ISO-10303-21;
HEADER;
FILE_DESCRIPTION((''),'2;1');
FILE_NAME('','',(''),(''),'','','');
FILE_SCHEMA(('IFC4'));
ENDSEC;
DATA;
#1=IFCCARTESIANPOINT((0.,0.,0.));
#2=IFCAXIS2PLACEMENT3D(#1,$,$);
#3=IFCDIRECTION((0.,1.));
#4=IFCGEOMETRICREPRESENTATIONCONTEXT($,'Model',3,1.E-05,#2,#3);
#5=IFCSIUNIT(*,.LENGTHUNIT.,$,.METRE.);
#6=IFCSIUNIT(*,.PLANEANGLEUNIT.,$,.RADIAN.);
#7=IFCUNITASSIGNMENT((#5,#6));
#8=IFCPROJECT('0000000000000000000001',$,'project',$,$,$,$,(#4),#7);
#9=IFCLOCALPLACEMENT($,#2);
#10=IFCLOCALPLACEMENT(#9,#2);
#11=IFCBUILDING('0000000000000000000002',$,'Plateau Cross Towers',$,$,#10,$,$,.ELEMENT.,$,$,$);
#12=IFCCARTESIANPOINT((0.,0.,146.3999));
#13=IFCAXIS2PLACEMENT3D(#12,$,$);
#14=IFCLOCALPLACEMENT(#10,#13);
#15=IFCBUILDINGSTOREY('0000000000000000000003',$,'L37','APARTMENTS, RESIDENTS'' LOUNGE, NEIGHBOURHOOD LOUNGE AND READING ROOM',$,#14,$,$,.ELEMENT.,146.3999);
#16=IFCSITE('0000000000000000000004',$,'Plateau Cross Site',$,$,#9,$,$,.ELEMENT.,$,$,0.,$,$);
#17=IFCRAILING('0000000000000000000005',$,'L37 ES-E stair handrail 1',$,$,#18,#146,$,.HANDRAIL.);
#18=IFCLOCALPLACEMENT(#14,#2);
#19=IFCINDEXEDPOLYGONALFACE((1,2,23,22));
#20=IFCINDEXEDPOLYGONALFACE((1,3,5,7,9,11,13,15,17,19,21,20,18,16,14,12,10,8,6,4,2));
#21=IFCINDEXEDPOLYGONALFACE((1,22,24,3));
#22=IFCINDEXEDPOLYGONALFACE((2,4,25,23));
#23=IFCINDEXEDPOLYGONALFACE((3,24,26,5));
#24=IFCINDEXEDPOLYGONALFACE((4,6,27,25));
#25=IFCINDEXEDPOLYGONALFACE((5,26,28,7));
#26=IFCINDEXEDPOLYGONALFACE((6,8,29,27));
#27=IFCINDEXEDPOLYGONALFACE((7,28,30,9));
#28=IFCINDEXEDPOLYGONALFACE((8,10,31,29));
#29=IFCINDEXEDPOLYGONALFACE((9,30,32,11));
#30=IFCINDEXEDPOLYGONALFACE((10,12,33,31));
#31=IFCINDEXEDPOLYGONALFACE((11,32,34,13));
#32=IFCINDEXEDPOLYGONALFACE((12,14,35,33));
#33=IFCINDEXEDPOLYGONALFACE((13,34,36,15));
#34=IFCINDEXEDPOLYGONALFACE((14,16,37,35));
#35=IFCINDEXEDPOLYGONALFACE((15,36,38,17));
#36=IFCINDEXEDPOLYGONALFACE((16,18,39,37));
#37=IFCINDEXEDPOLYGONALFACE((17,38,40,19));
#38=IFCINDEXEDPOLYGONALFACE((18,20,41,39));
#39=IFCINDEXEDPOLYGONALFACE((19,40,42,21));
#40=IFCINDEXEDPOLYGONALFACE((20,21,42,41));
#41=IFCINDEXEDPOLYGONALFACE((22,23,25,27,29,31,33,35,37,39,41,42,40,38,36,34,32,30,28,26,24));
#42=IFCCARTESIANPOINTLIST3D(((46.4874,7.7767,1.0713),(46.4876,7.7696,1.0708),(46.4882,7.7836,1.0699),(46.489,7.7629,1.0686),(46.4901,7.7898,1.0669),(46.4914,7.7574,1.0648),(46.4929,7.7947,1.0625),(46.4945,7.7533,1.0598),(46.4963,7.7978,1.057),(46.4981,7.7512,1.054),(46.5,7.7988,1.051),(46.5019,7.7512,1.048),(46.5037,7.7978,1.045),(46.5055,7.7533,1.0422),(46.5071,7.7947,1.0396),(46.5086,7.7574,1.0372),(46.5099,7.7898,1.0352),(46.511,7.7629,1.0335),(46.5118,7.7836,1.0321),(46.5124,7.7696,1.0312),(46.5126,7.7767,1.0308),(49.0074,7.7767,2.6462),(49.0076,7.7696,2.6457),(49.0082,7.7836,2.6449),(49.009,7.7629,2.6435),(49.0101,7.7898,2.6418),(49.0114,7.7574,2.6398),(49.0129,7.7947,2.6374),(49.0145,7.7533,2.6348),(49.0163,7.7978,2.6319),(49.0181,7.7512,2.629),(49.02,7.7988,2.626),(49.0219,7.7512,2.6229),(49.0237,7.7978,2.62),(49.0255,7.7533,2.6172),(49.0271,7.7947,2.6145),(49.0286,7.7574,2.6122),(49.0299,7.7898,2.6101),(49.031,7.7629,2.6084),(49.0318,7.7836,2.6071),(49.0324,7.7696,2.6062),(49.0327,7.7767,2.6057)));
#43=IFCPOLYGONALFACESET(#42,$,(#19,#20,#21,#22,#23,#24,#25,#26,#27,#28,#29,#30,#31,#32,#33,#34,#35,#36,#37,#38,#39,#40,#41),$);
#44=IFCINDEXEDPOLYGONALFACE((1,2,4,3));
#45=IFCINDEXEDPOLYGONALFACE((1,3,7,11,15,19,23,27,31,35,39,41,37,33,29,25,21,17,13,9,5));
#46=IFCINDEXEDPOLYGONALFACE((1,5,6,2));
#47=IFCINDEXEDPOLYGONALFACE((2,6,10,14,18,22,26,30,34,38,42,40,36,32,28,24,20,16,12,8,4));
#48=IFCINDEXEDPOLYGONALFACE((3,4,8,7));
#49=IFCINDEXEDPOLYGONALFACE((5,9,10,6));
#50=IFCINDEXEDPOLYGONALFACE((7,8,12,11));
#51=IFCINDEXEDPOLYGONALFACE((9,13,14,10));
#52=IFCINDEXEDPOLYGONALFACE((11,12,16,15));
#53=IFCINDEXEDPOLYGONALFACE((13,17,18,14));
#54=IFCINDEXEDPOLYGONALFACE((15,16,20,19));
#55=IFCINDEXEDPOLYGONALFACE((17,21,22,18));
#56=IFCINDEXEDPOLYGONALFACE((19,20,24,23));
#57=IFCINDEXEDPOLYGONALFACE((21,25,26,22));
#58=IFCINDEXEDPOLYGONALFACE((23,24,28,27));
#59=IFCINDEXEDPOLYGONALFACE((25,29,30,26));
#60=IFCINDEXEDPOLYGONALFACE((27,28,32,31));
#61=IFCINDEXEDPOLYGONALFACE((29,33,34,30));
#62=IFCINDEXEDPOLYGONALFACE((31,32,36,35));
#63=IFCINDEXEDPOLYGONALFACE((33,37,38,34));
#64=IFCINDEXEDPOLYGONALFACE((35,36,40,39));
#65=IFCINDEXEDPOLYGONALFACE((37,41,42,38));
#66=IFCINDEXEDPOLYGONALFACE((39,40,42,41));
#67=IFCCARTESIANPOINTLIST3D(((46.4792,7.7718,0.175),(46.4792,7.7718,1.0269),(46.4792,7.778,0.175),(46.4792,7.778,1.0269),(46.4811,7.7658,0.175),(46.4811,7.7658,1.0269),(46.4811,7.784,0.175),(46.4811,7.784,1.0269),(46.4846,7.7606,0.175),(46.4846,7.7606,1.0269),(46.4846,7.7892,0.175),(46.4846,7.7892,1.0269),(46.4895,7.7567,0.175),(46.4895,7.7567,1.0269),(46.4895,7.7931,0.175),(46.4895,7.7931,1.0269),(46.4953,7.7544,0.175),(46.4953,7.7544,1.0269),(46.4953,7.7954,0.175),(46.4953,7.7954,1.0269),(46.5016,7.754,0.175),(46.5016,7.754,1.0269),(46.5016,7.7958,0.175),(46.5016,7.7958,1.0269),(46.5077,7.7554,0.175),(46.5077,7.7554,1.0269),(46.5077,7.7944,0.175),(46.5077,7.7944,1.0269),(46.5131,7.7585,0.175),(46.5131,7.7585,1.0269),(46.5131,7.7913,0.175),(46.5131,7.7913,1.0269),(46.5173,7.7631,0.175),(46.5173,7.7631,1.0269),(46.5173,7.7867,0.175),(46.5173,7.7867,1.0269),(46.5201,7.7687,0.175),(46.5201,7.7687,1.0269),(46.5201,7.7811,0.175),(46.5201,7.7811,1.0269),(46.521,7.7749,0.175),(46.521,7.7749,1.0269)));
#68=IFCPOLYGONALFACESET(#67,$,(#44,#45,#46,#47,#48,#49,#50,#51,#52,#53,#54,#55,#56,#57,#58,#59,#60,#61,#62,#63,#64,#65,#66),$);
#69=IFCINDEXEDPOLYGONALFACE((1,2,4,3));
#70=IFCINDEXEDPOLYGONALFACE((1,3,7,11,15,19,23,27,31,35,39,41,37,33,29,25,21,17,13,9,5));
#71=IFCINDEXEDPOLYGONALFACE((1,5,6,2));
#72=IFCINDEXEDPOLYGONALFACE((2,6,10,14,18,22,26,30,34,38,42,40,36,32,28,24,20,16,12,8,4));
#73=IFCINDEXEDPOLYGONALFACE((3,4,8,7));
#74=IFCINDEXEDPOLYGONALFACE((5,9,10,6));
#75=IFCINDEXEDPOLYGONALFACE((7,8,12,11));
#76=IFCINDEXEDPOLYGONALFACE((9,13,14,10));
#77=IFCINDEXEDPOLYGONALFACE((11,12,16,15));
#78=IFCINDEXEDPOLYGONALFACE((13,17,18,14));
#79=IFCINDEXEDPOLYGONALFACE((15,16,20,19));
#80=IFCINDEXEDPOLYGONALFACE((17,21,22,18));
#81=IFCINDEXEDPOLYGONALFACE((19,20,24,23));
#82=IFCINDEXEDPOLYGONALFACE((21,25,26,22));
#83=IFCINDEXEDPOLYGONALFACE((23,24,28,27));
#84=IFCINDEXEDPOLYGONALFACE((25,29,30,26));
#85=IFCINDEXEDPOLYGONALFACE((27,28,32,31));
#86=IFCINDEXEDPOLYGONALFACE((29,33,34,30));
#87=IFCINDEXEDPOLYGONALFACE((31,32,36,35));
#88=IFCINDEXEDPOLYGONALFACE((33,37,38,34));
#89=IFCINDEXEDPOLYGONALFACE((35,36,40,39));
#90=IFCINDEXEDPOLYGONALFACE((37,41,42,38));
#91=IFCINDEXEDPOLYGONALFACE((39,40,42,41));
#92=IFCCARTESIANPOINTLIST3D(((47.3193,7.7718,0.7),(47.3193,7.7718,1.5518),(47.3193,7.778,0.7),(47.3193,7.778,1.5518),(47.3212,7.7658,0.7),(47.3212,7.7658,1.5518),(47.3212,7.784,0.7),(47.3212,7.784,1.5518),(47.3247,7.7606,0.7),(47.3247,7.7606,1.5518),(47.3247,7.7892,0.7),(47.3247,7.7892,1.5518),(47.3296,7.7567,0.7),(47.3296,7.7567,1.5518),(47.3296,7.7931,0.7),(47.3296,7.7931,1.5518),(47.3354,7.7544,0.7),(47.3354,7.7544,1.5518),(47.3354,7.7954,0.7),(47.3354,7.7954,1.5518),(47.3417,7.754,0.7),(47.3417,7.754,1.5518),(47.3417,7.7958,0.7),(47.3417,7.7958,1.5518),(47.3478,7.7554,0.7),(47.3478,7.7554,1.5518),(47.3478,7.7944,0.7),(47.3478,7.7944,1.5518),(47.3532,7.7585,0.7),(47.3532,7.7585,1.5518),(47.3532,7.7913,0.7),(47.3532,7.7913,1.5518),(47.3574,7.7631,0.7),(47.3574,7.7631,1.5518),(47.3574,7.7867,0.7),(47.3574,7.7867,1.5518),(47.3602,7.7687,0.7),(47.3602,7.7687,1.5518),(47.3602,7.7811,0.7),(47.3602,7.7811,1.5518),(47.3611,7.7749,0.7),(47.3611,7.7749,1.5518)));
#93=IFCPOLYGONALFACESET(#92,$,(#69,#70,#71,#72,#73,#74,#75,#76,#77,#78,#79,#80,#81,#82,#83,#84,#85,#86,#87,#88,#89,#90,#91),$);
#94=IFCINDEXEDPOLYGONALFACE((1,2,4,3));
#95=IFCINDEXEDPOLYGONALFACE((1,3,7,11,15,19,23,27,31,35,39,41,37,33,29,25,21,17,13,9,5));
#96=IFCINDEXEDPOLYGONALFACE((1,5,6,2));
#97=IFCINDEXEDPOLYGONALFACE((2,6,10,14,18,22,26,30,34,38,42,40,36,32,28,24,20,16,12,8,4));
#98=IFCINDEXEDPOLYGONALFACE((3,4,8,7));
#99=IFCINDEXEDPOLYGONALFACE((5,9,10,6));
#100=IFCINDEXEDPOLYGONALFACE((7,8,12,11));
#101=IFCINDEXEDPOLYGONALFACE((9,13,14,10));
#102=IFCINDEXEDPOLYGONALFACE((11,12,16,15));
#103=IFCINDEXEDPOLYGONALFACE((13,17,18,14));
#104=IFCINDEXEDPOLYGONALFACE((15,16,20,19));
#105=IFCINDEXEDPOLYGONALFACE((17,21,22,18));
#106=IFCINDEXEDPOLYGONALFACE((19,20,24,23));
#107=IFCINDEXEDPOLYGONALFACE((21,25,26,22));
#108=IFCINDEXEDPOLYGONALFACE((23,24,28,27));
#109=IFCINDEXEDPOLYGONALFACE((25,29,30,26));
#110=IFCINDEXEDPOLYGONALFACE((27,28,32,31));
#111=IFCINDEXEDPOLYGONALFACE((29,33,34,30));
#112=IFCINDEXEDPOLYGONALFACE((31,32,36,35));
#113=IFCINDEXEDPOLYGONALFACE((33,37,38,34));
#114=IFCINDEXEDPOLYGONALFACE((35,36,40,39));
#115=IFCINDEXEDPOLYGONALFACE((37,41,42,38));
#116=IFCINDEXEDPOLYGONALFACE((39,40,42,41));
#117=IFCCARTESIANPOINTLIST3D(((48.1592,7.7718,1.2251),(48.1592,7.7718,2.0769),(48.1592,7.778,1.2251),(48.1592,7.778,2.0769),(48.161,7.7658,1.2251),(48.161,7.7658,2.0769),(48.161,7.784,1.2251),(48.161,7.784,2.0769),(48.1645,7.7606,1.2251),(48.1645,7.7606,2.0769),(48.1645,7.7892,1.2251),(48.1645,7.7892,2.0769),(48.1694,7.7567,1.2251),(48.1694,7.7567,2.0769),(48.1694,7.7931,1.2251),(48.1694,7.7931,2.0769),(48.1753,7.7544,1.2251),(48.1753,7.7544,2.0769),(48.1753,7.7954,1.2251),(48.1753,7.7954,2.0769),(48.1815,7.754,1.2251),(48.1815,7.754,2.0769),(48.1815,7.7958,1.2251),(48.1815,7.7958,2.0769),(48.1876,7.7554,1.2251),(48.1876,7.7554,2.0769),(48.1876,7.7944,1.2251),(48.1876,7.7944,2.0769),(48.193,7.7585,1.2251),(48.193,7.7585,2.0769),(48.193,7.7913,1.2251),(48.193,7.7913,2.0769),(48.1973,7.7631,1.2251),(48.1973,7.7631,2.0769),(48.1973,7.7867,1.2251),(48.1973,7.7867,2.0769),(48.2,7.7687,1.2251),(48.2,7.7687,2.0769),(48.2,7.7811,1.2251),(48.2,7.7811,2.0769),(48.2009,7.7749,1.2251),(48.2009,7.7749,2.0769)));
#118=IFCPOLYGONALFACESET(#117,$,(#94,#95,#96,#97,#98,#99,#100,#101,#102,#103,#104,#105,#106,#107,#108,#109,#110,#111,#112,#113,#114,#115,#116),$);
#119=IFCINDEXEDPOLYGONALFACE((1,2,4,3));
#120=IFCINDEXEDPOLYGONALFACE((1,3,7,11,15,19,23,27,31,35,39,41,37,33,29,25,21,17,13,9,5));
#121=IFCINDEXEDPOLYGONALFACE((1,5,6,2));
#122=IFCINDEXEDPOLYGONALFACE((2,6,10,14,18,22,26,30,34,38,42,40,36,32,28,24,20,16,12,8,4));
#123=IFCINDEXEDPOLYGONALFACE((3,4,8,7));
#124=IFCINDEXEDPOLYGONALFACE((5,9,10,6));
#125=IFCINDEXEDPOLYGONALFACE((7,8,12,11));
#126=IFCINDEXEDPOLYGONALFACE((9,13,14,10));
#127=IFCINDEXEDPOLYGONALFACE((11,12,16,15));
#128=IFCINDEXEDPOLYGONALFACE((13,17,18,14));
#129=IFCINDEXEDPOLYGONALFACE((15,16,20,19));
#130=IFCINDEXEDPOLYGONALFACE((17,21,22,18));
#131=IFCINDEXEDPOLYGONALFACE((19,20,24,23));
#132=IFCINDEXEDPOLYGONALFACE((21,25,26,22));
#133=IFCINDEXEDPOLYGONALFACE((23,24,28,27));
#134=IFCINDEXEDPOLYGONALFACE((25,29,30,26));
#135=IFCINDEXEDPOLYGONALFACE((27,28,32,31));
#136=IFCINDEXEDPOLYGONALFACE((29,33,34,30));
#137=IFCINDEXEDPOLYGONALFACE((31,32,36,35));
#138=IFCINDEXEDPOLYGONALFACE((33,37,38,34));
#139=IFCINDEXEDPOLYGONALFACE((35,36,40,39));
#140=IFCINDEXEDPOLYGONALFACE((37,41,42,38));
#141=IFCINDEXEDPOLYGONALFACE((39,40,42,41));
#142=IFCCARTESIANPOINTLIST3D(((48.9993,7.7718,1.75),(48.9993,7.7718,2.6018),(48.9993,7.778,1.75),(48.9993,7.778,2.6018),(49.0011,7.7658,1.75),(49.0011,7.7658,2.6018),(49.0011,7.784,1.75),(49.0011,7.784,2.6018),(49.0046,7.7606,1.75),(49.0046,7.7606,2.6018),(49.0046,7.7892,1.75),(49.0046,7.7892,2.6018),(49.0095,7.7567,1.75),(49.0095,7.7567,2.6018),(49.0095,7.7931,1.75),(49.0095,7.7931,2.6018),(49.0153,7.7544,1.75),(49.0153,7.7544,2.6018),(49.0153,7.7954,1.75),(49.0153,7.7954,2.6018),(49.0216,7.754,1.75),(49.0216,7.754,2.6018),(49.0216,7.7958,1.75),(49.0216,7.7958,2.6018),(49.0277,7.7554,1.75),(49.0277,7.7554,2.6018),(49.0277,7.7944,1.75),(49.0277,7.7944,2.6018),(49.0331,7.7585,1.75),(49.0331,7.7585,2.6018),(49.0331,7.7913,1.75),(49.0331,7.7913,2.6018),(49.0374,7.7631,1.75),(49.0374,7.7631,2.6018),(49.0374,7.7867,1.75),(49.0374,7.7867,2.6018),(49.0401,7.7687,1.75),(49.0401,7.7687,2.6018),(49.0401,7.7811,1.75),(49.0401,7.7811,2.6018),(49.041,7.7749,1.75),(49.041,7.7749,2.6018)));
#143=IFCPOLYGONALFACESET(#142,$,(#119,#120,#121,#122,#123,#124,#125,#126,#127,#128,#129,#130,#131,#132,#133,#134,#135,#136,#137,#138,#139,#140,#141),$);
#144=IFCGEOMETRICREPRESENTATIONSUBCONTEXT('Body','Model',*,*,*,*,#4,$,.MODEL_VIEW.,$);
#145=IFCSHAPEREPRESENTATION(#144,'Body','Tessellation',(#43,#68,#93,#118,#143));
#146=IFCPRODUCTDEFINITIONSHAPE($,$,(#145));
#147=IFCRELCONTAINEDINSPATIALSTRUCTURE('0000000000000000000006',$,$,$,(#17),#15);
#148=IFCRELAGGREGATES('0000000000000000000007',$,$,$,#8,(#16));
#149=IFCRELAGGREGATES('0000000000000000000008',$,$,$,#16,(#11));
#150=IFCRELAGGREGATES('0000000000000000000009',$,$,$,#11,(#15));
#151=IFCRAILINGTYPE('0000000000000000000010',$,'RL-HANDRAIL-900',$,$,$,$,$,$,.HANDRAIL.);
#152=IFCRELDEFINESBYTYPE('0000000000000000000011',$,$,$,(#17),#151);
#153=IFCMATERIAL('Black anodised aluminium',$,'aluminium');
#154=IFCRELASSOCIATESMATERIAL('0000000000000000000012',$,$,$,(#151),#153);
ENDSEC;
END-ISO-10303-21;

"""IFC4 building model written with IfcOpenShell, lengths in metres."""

from ifc_helpers import new_model, si_unit, direction, frame, origin, origin_2d, place, context, subcontext, project, spatial, circle, extrude, material, type_object, element, save


model = new_model("IFC4")

# Units and contexts
model_context = context("Model", 3, precision=1e-05, world=origin(), true_north=direction((0.0, 1.0)))
body_context = subcontext(model_context, "Body", "Model", "MODEL_VIEW")
ifc_project = project(units=[si_unit("LENGTHUNIT", "METRE"), si_unit("PLANEANGLEUNIT", "RADIAN")], contexts=[model_context])

# Site, building, storey
site_placement = place(None, origin())
site = spatial("IfcSite", under=ifc_project, at=site_placement, Name="Plateau Cross Site", CompositionType="ELEMENT", RefElevation=0.0)
building_placement = place(site_placement, origin())
building = spatial("IfcBuilding", under=site, at=building_placement, Name="Plateau Cross Towers", CompositionType="ELEMENT")
storey_placement = place(building_placement, frame((0.0, 0.0, 146.3999)))
storey = spatial("IfcBuildingStorey", under=building, at=storey_placement, Name="L37", Description="APARTMENTS, RESIDENTS' LOUNGE, NEIGHBOURHOOD LOUNGE AND READING ROOM", CompositionType="ELEMENT", Elevation=146.3999)

# Shared definitions
ifc_material_1 = material(Name="Black anodised aluminium", Category="aluminium")

# Railing
railing_type_1 = type_object("IfcRailingType", Name="RL-HANDRAIL-900", PredefinedType="HANDRAIL", material=ifc_material_1)
railing_1_placement = place(storey_placement, frame((46.5, 7.7749, 0.175)))
element("IfcRailing", 1, at=railing_1_placement, inside=storey, type_object=railing_type_1, Name="L37 ES-E stair handrail 1", PredefinedType="HANDRAIL", context=body_context, shape_type="SweptSolid", body=[
    extrude(circle(Radius=0.0239, at=origin_2d()), frame((0.0, 0.0, 0.876), z_axis=(0.848008, 0.0, 0.529984), x_axis=(0.0, 1.0, 0.0)), (0.0, 0.0, 1.0), 2.9717),
    extrude(circle(Radius=0.021, at=origin_2d()), origin(), (0.0, 0.0, 1.0), 0.8518),
    extrude(circle(Radius=0.021, at=origin_2d()), frame((0.8401, 0.0, 0.5249)), (0.0, 0.0, 1.0), 0.8518),
    extrude(circle(Radius=0.021, at=origin_2d()), frame((1.6799, 0.0, 1.05)), (0.0, 0.0, 1.0), 0.8518),
    extrude(circle(Radius=0.021, at=origin_2d()), frame((2.52, 0.0, 1.575)), (0.0, 0.0, 1.0), 0.8518),
])

save(model, "model.ifc")
